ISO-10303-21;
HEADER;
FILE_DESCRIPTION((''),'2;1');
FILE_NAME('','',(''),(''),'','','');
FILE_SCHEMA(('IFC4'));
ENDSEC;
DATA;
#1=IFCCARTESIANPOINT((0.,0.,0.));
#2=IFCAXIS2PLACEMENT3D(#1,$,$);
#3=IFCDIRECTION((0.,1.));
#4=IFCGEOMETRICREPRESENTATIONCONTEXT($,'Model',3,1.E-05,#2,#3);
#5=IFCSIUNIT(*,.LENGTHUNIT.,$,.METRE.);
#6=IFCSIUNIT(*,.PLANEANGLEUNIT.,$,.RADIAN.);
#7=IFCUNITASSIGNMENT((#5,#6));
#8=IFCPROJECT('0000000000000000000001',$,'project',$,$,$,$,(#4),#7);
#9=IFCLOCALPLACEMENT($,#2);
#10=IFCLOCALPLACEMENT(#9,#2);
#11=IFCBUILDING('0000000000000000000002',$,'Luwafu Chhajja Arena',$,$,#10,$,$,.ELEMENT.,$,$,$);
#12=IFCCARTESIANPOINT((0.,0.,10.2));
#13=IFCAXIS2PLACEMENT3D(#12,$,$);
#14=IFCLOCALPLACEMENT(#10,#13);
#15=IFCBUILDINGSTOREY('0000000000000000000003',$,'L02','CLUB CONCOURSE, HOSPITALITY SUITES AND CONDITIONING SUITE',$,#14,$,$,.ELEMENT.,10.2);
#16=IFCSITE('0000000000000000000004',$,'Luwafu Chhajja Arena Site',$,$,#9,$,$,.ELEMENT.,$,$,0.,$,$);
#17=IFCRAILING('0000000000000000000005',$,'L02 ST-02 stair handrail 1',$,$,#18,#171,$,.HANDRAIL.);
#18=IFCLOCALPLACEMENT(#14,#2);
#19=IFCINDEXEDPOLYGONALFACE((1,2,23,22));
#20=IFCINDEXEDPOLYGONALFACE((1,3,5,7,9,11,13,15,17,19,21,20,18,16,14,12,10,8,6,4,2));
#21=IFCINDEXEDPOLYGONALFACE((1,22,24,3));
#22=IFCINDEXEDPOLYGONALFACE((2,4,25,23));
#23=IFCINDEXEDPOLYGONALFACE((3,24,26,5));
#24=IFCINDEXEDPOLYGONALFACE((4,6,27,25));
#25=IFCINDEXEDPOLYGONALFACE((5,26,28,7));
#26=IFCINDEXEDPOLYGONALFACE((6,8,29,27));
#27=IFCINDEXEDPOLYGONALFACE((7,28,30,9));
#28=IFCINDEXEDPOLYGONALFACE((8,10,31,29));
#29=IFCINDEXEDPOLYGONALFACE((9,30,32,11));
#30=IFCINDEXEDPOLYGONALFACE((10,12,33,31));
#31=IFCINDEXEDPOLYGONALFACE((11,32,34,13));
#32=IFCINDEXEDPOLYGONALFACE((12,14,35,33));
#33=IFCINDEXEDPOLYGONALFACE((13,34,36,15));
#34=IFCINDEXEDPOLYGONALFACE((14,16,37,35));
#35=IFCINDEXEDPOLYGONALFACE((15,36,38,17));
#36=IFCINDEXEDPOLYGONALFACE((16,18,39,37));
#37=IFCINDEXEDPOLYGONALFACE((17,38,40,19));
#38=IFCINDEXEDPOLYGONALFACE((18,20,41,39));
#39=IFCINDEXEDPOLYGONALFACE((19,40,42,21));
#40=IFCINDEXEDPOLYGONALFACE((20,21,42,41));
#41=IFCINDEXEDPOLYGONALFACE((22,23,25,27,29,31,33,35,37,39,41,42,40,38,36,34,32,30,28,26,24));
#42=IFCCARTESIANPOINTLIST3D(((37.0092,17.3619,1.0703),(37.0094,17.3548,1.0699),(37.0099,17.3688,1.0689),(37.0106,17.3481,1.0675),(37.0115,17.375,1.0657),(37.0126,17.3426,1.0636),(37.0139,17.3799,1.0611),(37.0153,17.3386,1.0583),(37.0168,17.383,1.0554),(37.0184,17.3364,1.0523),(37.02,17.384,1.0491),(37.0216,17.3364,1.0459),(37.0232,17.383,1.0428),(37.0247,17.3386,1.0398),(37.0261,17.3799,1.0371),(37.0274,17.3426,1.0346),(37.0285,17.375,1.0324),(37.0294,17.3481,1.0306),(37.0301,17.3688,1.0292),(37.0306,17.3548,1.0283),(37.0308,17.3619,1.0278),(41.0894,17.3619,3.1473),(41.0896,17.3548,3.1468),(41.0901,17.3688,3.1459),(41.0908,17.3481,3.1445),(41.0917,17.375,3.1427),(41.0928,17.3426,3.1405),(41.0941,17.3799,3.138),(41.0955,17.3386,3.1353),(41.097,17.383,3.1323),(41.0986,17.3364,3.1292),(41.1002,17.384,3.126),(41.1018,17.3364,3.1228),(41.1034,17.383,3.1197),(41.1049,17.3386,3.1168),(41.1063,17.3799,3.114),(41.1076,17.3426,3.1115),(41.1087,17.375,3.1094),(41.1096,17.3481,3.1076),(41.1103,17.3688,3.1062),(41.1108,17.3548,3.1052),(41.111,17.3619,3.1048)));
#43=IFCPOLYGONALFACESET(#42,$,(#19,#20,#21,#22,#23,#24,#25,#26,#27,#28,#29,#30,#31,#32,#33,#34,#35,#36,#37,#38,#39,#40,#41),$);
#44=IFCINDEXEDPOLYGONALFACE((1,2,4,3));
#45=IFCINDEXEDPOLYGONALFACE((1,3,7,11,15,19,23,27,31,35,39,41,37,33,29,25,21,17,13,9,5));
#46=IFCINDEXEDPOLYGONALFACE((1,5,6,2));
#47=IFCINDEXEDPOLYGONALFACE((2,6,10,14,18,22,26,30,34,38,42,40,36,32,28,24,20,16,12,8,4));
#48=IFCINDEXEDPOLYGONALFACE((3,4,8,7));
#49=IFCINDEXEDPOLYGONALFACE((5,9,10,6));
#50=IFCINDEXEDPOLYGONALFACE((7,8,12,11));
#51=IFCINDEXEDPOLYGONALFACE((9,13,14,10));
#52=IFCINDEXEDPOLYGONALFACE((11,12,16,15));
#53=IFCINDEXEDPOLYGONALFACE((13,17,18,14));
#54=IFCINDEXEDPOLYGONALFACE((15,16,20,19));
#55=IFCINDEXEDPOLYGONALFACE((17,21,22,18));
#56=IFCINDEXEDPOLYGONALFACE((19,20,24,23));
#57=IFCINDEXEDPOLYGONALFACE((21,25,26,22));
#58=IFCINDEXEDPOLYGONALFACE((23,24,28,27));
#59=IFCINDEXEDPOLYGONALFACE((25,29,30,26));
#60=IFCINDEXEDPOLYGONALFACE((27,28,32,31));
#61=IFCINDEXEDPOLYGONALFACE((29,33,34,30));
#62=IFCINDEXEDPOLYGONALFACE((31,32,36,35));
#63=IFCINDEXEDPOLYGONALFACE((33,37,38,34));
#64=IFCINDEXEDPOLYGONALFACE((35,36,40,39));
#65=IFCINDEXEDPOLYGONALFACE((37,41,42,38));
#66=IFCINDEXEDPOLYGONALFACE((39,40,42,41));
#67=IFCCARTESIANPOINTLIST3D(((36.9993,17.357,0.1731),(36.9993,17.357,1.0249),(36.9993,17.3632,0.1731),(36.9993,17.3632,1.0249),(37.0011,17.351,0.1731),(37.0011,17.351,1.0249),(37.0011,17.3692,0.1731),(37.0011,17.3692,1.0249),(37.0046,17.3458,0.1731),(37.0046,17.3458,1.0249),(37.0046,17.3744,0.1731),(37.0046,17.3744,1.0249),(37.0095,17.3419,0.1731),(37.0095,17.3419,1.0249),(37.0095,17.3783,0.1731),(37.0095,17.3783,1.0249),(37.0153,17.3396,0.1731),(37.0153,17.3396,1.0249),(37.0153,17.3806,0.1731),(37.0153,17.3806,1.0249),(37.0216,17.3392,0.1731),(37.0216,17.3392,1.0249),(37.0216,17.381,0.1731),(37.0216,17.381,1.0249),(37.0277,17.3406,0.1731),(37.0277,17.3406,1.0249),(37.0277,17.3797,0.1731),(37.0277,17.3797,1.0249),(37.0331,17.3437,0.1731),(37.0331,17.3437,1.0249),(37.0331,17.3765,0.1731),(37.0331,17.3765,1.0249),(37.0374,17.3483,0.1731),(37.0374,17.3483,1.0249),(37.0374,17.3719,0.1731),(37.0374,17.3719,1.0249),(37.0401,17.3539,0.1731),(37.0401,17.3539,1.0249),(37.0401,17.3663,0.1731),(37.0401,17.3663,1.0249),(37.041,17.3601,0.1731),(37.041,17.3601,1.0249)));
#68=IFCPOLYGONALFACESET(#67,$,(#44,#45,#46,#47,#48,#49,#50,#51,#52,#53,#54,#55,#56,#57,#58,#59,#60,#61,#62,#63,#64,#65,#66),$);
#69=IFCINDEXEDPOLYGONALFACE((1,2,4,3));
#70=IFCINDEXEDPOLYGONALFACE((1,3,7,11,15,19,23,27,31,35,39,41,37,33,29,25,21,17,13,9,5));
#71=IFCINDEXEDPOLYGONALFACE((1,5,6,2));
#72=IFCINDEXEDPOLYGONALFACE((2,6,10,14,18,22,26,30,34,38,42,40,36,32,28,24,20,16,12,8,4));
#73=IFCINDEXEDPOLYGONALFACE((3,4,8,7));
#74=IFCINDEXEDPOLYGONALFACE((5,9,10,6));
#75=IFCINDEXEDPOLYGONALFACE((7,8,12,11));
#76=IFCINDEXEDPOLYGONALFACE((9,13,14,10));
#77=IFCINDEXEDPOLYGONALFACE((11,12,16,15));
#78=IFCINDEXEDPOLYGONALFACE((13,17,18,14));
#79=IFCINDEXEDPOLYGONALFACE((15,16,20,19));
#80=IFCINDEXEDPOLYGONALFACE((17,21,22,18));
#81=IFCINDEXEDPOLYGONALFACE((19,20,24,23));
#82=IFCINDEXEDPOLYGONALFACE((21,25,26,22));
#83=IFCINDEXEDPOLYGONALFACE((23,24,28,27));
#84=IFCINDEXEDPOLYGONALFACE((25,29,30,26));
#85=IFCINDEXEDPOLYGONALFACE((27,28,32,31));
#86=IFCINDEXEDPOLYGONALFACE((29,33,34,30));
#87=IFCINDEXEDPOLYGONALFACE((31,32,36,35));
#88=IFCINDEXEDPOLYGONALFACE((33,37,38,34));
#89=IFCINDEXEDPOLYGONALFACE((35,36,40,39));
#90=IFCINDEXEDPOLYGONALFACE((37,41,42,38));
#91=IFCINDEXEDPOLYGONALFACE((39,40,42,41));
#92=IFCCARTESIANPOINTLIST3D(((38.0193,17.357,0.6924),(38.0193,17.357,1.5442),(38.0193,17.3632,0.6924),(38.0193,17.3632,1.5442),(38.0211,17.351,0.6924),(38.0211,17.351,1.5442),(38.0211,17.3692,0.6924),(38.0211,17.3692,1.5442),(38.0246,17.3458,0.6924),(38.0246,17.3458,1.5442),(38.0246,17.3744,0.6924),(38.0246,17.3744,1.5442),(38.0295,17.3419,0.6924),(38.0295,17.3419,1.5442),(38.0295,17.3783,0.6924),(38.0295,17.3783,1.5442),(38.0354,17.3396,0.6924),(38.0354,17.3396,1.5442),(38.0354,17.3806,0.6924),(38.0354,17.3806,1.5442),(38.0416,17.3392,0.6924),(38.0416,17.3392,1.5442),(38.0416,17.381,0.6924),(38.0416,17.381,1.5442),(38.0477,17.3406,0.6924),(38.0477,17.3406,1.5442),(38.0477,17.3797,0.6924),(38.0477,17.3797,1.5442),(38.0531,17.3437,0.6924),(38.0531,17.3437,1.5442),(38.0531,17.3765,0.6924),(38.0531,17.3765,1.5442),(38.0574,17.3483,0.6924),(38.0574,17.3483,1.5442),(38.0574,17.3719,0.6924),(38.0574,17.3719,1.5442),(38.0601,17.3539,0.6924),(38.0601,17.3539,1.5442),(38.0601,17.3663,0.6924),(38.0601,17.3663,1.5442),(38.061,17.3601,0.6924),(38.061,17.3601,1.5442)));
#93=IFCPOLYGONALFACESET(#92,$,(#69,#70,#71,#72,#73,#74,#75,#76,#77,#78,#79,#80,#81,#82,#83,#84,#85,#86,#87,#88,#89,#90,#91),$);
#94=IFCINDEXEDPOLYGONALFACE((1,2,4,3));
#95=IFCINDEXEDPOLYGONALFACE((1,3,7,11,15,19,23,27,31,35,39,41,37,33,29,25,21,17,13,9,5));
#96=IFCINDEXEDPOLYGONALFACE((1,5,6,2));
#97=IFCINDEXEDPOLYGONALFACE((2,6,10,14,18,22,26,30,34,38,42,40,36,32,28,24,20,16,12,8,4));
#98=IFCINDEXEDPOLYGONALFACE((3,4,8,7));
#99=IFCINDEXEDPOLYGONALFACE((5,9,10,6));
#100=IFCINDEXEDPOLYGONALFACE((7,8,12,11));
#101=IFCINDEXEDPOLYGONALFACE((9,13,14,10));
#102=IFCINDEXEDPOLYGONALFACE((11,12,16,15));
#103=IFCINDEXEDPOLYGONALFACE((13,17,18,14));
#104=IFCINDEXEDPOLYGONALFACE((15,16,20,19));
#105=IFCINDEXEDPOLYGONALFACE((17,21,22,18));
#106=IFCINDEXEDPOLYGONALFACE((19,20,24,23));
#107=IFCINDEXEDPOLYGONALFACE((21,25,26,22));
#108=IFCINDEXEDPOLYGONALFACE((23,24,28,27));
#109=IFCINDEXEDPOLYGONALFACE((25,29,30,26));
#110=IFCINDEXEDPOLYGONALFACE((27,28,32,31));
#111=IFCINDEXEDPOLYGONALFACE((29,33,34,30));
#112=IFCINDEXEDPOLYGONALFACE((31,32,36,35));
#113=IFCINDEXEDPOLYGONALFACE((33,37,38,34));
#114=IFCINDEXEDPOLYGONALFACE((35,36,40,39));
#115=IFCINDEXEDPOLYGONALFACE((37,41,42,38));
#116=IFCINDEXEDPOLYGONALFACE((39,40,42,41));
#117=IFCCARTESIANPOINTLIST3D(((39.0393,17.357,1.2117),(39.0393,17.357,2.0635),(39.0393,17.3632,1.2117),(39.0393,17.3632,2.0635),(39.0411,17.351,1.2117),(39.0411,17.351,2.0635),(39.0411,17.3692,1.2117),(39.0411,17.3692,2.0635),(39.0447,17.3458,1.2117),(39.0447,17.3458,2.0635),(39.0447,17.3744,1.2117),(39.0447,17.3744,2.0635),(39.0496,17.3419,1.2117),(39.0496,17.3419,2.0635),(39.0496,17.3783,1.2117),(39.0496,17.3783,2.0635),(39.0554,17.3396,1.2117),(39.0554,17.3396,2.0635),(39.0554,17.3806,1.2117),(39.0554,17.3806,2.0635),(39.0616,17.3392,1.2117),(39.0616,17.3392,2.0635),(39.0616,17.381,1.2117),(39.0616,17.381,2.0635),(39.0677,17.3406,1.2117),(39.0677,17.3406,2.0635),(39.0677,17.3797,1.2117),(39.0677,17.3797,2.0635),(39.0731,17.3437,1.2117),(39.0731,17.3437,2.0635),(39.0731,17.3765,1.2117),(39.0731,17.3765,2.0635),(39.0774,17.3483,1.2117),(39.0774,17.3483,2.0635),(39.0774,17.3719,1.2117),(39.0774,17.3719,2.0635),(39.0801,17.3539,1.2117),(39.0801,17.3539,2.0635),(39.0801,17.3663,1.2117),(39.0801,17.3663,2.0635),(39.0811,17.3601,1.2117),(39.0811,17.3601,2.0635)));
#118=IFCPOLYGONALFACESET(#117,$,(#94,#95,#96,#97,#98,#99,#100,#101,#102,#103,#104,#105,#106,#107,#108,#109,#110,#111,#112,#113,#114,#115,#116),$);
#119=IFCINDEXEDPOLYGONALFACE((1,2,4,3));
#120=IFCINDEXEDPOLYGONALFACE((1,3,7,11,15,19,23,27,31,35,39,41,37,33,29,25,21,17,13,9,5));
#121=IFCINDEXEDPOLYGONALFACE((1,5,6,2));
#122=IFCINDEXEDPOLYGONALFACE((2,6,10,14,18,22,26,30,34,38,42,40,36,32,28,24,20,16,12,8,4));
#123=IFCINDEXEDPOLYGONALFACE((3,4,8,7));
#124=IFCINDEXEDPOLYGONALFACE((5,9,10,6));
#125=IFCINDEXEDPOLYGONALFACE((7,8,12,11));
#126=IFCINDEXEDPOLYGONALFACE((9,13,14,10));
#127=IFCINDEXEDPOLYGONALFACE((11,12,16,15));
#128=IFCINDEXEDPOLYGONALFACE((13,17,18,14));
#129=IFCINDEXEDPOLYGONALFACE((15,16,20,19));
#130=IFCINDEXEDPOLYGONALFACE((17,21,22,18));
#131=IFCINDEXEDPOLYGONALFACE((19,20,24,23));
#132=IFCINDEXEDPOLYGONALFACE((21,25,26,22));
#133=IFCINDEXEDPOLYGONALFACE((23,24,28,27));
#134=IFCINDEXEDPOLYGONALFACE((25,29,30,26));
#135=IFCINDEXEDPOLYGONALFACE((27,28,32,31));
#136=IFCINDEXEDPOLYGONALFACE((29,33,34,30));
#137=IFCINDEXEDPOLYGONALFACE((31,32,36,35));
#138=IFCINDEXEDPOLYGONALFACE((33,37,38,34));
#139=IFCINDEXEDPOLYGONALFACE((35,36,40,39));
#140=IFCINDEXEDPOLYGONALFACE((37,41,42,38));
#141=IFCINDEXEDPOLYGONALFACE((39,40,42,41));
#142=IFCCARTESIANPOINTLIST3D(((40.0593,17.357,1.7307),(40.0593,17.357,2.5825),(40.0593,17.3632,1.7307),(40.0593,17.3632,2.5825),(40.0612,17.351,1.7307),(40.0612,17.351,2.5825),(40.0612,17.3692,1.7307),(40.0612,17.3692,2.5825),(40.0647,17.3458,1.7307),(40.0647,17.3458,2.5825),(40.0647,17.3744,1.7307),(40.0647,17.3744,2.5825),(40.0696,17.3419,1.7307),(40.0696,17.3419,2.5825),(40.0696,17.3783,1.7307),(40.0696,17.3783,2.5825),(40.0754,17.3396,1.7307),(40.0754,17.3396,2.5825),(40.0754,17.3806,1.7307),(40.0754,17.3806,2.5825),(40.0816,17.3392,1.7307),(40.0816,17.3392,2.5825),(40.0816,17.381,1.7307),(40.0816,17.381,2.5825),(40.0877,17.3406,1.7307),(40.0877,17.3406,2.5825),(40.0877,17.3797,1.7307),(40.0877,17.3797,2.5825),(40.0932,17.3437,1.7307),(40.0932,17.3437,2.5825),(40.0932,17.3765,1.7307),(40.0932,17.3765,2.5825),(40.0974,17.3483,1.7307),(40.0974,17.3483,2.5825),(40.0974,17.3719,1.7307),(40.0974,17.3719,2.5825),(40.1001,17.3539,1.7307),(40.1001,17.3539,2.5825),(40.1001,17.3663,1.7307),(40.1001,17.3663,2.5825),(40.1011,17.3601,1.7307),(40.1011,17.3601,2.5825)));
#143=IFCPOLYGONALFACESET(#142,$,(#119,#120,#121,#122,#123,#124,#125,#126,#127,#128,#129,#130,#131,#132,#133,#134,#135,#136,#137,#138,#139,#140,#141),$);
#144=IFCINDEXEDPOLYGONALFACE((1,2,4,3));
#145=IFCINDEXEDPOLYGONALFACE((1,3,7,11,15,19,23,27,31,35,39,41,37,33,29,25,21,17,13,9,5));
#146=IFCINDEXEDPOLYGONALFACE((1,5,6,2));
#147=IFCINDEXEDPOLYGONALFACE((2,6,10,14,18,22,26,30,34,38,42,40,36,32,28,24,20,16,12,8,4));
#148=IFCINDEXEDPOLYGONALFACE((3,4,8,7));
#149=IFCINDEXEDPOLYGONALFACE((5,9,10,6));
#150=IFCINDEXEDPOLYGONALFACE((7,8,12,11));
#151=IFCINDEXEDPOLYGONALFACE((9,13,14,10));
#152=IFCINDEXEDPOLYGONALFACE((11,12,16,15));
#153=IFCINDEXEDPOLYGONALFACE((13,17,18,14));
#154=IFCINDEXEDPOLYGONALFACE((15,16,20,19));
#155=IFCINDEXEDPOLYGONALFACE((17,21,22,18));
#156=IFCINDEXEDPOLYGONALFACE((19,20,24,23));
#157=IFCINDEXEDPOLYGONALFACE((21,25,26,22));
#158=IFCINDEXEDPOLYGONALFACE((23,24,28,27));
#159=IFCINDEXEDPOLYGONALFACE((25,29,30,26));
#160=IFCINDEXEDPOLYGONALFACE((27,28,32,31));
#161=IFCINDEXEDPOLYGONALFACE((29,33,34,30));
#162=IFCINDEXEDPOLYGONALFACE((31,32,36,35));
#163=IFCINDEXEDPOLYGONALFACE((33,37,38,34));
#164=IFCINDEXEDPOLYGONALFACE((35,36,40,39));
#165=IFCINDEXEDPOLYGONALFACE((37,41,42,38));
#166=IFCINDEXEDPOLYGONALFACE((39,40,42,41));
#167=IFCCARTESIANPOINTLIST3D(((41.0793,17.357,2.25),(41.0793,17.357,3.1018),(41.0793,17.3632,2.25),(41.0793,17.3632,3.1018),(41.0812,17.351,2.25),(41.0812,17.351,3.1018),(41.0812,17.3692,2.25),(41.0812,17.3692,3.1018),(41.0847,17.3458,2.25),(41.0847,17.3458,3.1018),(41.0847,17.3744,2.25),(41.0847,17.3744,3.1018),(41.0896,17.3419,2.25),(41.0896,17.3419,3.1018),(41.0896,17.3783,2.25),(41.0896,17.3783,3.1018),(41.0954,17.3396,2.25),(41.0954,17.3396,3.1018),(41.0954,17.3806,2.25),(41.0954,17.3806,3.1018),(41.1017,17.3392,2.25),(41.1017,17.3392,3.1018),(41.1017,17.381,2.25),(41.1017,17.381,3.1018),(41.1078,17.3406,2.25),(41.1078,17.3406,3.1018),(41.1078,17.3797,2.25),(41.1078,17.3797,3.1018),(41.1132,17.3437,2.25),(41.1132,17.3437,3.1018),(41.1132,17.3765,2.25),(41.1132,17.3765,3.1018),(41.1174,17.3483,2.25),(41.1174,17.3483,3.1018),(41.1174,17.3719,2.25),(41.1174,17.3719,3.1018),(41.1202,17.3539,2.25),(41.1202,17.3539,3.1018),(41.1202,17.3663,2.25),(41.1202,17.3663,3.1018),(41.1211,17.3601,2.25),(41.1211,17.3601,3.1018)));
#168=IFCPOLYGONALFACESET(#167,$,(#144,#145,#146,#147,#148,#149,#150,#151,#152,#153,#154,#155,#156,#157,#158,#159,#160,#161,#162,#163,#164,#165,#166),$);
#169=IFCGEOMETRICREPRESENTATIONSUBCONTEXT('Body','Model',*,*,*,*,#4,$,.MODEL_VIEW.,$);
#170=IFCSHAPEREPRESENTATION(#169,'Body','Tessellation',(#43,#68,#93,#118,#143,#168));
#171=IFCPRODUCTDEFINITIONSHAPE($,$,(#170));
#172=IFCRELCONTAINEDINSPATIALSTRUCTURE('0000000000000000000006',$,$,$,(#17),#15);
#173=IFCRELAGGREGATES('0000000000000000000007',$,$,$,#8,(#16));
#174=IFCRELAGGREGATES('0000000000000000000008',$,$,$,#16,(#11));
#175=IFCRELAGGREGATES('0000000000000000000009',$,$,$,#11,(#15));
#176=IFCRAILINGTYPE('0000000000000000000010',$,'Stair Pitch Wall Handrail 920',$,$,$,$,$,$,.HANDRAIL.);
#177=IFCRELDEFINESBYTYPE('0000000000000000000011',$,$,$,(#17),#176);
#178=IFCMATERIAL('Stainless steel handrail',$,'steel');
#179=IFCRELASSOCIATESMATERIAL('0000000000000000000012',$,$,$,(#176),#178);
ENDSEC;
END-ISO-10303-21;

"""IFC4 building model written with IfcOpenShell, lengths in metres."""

from ifc_helpers import new_model, si_unit, direction, frame, origin, origin_2d, place, context, subcontext, project, spatial, circle, extrude, material, type_object, element, save


model = new_model("IFC4")

# Units and contexts
model_context = context("Model", 3, precision=1e-05, world=origin(), true_north=direction((0.0, 1.0)))
body_context = subcontext(model_context, "Body", "Model", "MODEL_VIEW")
ifc_project = project(units=[si_unit("LENGTHUNIT", "METRE"), si_unit("PLANEANGLEUNIT", "RADIAN")], contexts=[model_context])

# Site, building, storey
site_placement = place(None, origin())
site = spatial("IfcSite", under=ifc_project, at=site_placement, Name="Luwafu Chhajja Arena Site", CompositionType="ELEMENT", RefElevation=0.0)
building_placement = place(site_placement, origin())
building = spatial("IfcBuilding", under=site, at=building_placement, Name="Luwafu Chhajja Arena", CompositionType="ELEMENT")
storey_placement = place(building_placement, frame((0.0, 0.0, 10.2)))
storey = spatial("IfcBuildingStorey", under=building, at=storey_placement, Name="L02", Description="CLUB CONCOURSE, HOSPITALITY SUITES AND CONDITIONING SUITE", CompositionType="ELEMENT", Elevation=10.2)

# Railing
ifc_material_1 = material(Name="Stainless steel handrail", Category="steel")
railing_type_1 = type_object("IfcRailingType", Name="Stair Pitch Wall Handrail 920", PredefinedType="HANDRAIL", material=ifc_material_1)
railing_1_placement = place(storey_placement, frame((37.02, 17.3601, 0.1731)))
element("IfcRailing", 1, at=railing_1_placement, inside=storey, type_object=railing_type_1, Name="L02 ST-02 stair handrail 1", PredefinedType="HANDRAIL", context=body_context, shape_type="SweptSolid", body=[
    extrude(circle(Radius=0.0239, at=origin_2d()), frame((0.0, 0.0, 0.876), z_axis=(0.891183, 0.0, 0.453644), x_axis=(0.0, 1.0, 0.0)), (0.0, 0.0, 1.0), 4.5784),
    extrude(circle(Radius=0.021, at=origin_2d()), origin(), (0.0, 0.0, 1.0), 0.8518),
    extrude(circle(Radius=0.021, at=origin_2d()), frame((1.02, 0.0, 0.5193)), (0.0, 0.0, 1.0), 0.8518),
    extrude(circle(Radius=0.021, at=origin_2d()), frame((2.04, 0.0, 1.0386)), (0.0, 0.0, 1.0), 0.8518),
    extrude(circle(Radius=0.021, at=origin_2d()), frame((3.0601, 0.0, 1.5576)), (0.0, 0.0, 1.0), 0.8518),
    extrude(circle(Radius=0.021, at=origin_2d()), frame((4.0801, 0.0, 2.0769)), (0.0, 0.0, 1.0), 0.8518),
])

save(model, "model.ifc")
